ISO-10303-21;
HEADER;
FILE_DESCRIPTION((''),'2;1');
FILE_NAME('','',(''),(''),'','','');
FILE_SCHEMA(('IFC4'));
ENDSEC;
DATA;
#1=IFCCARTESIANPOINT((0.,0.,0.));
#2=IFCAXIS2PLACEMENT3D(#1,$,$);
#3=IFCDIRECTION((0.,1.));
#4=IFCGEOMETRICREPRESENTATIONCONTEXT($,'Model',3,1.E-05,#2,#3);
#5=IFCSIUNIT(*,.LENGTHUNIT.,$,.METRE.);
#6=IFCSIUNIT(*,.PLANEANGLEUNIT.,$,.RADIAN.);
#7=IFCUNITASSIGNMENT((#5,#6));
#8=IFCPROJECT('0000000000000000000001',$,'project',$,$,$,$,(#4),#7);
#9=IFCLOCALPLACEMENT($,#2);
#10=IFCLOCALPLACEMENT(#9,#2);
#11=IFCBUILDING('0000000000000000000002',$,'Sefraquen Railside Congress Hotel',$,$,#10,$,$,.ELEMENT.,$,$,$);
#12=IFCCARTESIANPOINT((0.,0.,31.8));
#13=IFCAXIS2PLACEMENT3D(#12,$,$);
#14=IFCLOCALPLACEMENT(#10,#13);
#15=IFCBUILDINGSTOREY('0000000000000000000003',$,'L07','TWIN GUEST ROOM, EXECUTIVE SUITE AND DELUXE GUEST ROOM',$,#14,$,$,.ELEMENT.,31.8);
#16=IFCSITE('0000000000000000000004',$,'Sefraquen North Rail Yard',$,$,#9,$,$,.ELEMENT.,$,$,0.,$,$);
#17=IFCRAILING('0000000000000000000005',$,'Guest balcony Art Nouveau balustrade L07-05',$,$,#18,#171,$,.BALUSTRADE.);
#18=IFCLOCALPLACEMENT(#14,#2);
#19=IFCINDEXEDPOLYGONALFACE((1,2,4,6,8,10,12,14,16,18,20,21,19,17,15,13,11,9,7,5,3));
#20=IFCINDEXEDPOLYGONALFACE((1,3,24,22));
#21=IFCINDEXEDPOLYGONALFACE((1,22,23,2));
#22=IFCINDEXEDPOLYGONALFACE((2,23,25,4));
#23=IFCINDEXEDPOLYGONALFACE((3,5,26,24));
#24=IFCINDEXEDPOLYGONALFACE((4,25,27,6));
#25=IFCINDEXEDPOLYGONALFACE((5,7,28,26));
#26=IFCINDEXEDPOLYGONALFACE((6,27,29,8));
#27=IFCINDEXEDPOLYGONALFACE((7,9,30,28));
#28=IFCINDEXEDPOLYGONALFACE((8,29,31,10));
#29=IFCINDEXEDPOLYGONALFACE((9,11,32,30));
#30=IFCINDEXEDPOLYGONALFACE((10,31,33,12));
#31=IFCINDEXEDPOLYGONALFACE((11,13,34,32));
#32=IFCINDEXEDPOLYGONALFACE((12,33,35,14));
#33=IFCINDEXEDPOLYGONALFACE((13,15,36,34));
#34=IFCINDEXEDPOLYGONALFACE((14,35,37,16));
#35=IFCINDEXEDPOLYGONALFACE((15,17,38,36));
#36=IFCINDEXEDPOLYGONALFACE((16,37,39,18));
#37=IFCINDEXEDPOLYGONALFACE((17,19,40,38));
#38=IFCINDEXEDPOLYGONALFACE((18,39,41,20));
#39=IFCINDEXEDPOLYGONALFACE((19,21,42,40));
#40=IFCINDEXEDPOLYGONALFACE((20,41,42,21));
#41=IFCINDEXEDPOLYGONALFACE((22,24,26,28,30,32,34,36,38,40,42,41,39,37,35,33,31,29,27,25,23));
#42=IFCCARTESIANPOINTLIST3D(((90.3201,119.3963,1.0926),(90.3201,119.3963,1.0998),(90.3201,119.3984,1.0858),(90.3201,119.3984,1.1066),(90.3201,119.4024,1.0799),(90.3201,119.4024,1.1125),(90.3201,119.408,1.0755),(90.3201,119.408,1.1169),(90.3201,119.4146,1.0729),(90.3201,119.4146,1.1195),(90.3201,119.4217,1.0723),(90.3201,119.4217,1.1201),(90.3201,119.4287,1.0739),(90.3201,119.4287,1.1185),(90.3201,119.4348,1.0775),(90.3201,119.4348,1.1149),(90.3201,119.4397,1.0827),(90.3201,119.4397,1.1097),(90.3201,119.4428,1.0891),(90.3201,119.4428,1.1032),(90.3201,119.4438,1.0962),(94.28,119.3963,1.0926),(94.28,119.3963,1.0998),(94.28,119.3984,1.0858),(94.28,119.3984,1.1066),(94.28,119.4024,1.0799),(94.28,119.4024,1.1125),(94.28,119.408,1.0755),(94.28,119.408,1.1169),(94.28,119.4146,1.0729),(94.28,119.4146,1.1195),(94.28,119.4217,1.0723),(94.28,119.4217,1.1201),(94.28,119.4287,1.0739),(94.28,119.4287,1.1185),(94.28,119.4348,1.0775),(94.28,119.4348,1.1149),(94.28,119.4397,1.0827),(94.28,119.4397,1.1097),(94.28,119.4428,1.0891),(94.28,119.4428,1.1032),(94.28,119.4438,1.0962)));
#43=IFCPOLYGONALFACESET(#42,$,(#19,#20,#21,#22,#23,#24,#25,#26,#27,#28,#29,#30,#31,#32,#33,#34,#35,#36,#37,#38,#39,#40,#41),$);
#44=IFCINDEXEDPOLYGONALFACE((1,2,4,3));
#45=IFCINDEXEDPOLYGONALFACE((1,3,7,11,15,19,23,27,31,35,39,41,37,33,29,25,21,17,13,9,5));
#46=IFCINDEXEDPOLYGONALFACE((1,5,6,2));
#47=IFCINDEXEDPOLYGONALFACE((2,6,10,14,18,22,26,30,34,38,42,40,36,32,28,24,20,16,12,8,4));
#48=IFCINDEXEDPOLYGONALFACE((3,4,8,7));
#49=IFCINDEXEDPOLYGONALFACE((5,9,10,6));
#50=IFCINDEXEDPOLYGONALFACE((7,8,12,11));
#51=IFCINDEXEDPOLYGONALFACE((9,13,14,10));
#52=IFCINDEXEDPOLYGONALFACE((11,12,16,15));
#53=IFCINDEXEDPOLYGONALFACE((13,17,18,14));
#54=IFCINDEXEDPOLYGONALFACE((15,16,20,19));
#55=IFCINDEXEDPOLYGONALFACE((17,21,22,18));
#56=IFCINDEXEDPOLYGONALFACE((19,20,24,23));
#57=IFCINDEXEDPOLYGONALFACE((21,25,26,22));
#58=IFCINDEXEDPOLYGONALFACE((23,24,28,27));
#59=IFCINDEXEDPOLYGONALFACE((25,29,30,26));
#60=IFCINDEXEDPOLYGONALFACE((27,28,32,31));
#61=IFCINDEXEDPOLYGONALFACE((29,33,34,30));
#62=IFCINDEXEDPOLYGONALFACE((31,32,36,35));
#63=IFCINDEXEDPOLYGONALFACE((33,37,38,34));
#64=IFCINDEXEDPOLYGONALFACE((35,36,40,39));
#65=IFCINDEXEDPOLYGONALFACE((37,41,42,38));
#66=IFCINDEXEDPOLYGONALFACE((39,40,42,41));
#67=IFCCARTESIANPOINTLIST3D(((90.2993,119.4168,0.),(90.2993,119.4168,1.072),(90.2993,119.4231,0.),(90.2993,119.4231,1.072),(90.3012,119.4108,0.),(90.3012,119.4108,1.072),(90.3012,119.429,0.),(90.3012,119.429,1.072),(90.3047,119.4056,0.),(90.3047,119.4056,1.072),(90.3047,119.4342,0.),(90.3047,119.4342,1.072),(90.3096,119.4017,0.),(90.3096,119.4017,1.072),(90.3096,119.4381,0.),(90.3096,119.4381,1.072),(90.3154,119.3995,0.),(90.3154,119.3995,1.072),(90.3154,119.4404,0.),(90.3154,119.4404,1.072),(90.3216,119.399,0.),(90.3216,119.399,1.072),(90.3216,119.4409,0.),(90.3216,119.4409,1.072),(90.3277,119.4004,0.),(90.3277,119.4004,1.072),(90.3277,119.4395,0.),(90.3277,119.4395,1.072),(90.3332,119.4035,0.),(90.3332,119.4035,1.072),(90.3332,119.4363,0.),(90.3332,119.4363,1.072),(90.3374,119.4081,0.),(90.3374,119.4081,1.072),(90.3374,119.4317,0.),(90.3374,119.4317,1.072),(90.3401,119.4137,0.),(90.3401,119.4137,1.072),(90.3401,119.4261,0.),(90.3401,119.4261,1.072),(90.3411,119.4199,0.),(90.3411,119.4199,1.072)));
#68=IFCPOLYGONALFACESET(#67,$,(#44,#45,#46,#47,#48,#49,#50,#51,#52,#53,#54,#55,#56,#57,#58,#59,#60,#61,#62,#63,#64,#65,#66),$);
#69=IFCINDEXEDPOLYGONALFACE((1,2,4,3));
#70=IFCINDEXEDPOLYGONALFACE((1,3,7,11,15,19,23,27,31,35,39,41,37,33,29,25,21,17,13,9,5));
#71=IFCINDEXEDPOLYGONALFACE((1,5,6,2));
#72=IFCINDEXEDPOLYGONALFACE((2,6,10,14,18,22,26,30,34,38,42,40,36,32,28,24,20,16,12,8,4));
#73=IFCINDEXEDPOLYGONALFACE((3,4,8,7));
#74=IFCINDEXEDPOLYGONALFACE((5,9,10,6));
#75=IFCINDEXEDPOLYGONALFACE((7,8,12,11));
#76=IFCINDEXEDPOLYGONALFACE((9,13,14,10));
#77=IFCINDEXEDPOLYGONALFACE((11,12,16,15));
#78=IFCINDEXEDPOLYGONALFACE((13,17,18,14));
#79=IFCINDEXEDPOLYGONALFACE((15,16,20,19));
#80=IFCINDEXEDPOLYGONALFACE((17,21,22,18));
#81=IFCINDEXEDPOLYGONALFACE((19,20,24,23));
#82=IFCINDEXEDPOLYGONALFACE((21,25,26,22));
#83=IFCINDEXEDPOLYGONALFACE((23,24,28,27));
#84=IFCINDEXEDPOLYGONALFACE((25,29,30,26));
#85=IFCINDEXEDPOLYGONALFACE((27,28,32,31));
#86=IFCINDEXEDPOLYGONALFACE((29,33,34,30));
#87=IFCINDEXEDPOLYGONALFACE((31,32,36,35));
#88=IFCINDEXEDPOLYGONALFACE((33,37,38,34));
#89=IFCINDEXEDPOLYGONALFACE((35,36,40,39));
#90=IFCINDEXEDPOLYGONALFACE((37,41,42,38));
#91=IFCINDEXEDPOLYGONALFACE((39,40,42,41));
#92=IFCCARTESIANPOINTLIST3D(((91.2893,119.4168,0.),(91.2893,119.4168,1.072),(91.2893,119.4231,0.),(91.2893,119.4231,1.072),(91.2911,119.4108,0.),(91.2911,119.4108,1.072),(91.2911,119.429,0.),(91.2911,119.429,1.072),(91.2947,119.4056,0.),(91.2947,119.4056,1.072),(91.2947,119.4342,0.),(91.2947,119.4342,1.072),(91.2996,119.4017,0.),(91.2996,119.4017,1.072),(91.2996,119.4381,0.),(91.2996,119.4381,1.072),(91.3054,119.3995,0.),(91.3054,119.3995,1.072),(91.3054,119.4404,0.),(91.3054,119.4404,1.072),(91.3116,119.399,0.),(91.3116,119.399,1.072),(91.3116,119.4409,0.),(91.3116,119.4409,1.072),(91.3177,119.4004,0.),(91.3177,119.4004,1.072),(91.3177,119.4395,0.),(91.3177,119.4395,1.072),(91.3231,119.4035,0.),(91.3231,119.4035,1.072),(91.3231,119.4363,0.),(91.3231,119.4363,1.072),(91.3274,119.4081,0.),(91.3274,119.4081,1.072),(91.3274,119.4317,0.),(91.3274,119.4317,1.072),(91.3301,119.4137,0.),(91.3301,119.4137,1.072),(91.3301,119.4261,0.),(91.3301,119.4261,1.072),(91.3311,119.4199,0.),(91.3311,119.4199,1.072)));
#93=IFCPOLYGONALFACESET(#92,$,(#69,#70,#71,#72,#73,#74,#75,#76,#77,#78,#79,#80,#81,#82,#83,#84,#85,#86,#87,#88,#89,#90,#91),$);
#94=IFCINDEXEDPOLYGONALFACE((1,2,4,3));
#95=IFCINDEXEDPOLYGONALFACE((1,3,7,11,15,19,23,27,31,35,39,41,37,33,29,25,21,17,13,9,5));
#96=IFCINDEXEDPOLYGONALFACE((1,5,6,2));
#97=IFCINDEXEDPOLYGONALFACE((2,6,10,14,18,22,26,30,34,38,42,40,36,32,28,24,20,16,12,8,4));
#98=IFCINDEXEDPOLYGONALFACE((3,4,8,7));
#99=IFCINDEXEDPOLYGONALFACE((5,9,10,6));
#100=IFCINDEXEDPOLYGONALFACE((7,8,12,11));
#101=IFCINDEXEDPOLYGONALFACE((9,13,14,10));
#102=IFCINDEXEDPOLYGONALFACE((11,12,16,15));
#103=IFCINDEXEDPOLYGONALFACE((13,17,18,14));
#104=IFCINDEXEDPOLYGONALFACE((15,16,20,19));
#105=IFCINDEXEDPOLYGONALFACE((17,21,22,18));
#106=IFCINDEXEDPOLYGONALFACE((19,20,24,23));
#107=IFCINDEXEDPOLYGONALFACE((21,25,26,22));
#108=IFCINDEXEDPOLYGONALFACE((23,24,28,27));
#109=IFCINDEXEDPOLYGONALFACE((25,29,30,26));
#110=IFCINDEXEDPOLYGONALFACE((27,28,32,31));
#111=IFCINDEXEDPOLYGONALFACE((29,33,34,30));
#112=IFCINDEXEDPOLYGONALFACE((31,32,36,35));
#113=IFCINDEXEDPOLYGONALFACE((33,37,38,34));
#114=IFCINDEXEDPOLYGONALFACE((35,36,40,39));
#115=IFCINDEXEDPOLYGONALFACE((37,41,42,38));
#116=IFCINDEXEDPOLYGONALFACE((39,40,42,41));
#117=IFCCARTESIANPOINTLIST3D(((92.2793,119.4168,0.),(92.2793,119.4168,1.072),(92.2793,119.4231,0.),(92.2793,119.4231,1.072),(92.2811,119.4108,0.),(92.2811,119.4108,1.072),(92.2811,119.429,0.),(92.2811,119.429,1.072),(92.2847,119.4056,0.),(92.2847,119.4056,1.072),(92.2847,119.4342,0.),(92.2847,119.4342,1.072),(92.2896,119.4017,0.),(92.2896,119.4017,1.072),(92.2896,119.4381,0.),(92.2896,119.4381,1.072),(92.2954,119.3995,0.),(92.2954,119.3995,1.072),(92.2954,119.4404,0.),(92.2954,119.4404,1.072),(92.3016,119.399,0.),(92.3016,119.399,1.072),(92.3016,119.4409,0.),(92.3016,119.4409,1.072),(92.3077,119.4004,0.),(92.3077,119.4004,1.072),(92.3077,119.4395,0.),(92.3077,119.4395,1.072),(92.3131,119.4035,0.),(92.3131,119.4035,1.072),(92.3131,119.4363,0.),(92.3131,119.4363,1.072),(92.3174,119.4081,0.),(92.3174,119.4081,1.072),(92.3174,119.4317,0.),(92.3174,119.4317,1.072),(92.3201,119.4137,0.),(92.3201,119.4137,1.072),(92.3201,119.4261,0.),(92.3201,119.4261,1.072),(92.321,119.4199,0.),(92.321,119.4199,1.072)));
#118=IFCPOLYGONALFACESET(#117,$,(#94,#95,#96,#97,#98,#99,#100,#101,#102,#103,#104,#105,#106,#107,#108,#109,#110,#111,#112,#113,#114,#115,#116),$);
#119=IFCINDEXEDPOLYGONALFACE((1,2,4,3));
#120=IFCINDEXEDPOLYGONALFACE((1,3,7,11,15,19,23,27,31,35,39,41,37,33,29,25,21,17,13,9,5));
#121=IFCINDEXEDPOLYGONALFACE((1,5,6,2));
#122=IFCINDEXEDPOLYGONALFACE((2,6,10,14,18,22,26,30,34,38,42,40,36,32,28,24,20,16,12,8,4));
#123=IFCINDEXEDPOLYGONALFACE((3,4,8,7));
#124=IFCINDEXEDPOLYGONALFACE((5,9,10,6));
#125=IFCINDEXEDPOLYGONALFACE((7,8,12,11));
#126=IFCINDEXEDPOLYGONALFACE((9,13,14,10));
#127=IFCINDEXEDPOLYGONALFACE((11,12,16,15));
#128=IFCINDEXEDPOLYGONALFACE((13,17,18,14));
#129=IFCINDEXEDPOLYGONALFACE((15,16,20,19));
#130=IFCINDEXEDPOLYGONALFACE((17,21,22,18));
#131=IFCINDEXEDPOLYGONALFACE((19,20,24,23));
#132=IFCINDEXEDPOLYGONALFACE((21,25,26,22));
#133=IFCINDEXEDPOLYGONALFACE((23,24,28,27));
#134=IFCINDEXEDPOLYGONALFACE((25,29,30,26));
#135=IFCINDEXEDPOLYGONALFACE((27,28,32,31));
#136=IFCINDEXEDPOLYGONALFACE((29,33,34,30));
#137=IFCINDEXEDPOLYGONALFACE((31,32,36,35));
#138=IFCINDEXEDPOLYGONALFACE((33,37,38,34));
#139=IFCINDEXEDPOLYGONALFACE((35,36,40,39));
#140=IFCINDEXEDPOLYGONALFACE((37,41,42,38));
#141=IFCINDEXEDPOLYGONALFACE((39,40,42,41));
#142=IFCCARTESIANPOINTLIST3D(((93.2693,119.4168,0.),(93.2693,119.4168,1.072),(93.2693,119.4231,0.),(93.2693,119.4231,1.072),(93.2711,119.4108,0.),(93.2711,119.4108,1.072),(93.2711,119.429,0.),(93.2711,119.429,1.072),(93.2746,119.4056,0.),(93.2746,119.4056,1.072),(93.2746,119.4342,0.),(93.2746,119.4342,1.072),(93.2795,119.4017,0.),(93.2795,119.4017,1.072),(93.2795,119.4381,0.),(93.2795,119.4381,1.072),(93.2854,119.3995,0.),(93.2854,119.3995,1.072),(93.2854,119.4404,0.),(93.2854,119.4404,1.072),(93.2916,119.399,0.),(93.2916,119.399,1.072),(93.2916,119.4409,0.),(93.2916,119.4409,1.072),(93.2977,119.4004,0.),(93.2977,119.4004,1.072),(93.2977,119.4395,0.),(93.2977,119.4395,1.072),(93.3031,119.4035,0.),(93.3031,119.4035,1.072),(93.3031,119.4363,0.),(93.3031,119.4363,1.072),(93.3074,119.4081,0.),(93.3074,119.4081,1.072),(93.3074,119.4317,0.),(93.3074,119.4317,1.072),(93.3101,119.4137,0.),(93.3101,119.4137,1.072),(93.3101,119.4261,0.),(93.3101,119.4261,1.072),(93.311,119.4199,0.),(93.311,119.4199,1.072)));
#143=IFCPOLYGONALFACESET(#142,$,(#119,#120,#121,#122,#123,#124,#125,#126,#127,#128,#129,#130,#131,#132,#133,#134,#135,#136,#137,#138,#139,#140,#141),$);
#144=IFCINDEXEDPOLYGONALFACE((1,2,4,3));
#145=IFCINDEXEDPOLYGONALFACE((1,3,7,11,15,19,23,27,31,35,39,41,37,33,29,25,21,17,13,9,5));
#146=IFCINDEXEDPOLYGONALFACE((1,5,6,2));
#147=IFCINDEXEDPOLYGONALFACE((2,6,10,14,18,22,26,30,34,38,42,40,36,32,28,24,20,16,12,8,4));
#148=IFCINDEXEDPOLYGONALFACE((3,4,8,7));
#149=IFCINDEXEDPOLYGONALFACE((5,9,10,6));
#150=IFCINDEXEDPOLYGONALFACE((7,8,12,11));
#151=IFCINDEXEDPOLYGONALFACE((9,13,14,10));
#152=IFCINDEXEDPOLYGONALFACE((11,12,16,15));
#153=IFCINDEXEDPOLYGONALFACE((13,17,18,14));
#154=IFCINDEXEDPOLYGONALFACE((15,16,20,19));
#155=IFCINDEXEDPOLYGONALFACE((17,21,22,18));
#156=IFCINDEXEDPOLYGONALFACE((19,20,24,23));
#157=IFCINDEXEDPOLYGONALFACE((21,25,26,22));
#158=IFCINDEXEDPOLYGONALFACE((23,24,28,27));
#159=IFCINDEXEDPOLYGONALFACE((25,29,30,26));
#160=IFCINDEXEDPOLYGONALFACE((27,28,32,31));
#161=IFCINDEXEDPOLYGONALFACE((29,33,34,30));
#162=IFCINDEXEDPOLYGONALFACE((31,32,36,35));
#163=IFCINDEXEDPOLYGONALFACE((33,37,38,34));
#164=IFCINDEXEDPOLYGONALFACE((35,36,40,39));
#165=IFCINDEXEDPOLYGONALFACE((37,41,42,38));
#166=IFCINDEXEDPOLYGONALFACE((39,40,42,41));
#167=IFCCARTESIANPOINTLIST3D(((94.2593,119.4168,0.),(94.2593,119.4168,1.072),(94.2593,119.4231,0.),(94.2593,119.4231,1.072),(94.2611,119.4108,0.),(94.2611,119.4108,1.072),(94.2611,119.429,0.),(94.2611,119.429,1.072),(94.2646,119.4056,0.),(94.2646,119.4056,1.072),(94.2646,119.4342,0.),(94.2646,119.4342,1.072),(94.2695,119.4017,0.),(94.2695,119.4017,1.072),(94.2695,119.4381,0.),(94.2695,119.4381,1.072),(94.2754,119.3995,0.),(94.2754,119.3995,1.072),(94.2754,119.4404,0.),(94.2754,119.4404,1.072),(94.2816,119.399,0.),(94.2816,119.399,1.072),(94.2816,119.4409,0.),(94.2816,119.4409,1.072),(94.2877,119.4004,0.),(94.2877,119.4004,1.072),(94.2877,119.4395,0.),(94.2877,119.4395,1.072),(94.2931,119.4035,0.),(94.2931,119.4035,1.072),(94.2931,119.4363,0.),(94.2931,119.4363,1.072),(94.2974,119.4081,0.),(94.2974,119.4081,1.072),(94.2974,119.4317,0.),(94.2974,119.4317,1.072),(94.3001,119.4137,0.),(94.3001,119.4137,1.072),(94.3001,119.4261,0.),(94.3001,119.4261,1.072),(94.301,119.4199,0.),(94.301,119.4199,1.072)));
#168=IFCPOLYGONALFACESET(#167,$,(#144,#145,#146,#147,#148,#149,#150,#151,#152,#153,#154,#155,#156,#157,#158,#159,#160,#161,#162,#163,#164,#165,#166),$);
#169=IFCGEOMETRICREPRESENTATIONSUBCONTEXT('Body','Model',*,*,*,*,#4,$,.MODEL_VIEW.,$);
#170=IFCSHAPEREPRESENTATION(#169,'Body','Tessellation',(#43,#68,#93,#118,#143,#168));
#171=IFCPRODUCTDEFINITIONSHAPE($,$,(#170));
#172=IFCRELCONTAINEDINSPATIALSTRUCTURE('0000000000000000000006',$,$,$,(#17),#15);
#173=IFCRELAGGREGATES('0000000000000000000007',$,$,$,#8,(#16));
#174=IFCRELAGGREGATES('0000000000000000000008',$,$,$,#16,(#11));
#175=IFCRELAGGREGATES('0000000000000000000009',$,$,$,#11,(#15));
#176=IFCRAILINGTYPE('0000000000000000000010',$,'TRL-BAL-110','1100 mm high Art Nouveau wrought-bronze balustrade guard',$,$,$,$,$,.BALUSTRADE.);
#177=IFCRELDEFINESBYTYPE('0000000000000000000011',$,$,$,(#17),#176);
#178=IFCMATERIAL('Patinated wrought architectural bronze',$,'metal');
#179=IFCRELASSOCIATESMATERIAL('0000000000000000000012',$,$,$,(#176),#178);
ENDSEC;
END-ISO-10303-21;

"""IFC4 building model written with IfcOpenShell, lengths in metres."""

from ifc_helpers import new_model, si_unit, direction, frame, origin, origin_2d, place, context, subcontext, project, spatial, circle, extrude, material, type_object, element, save


model = new_model("IFC4")

# Units and contexts
model_context = context("Model", 3, precision=1e-05, world=origin(), true_north=direction((0.0, 1.0)))
body_context = subcontext(model_context, "Body", "Model", "MODEL_VIEW")
ifc_project = project(units=[si_unit("LENGTHUNIT", "METRE"), si_unit("PLANEANGLEUNIT", "RADIAN")], contexts=[model_context])

# Site, building, storey
site_placement = place(None, origin())
site = spatial("IfcSite", under=ifc_project, at=site_placement, Name="Sefraquen North Rail Yard", CompositionType="ELEMENT", RefElevation=0.0)
building_placement = place(site_placement, origin())
building = spatial("IfcBuilding", under=site, at=building_placement, Name="Sefraquen Railside Congress Hotel", CompositionType="ELEMENT")
storey_placement = place(building_placement, frame((0.0, 0.0, 31.8)))
storey = spatial("IfcBuildingStorey", under=building, at=storey_placement, Name="L07", Description="TWIN GUEST ROOM, EXECUTIVE SUITE AND DELUXE GUEST ROOM", CompositionType="ELEMENT", Elevation=31.8)

# Railing
ifc_material_1 = material(Name="Patinated wrought architectural bronze", Category="metal")
railing_type = type_object("IfcRailingType", Name="TRL-BAL-110", Description="1100 mm high Art Nouveau wrought-bronze balustrade guard", PredefinedType="BALUSTRADE", material=ifc_material_1)
railing_1_placement = place(storey_placement, frame((90.3201, 119.4199, 0.0)))
element("IfcRailing", 1, at=railing_1_placement, inside=storey, type_object=railing_type, Name="Guest balcony Art Nouveau balustrade L07-05", PredefinedType="BALUSTRADE", context=body_context, shape_type="SweptSolid", body=[
    extrude(circle(Radius=0.0239, at=origin_2d()), frame((0.0, 0.0, 1.0962), z_axis=(1.0, 0.0, 0.0), x_axis=(0.0, 1.0, 0.0)), (0.0, 0.0, 1.0), 3.96),
    extrude(circle(Radius=0.021, at=origin_2d()), origin(), (0.0, 0.0, 1.0), 1.072),
    extrude(circle(Radius=0.021, at=origin_2d()), frame((0.99, 0.0, 0.0)), (0.0, 0.0, 1.0), 1.072),
    extrude(circle(Radius=0.021, at=origin_2d()), frame((1.98, 0.0, 0.0)), (0.0, 0.0, 1.0), 1.072),
    extrude(circle(Radius=0.021, at=origin_2d()), frame((2.97, 0.0, 0.0)), (0.0, 0.0, 1.0), 1.072),
    extrude(circle(Radius=0.021, at=origin_2d()), frame((3.96, 0.0, 0.0)), (0.0, 0.0, 1.0), 1.072),
])

save(model, "model.ifc")
